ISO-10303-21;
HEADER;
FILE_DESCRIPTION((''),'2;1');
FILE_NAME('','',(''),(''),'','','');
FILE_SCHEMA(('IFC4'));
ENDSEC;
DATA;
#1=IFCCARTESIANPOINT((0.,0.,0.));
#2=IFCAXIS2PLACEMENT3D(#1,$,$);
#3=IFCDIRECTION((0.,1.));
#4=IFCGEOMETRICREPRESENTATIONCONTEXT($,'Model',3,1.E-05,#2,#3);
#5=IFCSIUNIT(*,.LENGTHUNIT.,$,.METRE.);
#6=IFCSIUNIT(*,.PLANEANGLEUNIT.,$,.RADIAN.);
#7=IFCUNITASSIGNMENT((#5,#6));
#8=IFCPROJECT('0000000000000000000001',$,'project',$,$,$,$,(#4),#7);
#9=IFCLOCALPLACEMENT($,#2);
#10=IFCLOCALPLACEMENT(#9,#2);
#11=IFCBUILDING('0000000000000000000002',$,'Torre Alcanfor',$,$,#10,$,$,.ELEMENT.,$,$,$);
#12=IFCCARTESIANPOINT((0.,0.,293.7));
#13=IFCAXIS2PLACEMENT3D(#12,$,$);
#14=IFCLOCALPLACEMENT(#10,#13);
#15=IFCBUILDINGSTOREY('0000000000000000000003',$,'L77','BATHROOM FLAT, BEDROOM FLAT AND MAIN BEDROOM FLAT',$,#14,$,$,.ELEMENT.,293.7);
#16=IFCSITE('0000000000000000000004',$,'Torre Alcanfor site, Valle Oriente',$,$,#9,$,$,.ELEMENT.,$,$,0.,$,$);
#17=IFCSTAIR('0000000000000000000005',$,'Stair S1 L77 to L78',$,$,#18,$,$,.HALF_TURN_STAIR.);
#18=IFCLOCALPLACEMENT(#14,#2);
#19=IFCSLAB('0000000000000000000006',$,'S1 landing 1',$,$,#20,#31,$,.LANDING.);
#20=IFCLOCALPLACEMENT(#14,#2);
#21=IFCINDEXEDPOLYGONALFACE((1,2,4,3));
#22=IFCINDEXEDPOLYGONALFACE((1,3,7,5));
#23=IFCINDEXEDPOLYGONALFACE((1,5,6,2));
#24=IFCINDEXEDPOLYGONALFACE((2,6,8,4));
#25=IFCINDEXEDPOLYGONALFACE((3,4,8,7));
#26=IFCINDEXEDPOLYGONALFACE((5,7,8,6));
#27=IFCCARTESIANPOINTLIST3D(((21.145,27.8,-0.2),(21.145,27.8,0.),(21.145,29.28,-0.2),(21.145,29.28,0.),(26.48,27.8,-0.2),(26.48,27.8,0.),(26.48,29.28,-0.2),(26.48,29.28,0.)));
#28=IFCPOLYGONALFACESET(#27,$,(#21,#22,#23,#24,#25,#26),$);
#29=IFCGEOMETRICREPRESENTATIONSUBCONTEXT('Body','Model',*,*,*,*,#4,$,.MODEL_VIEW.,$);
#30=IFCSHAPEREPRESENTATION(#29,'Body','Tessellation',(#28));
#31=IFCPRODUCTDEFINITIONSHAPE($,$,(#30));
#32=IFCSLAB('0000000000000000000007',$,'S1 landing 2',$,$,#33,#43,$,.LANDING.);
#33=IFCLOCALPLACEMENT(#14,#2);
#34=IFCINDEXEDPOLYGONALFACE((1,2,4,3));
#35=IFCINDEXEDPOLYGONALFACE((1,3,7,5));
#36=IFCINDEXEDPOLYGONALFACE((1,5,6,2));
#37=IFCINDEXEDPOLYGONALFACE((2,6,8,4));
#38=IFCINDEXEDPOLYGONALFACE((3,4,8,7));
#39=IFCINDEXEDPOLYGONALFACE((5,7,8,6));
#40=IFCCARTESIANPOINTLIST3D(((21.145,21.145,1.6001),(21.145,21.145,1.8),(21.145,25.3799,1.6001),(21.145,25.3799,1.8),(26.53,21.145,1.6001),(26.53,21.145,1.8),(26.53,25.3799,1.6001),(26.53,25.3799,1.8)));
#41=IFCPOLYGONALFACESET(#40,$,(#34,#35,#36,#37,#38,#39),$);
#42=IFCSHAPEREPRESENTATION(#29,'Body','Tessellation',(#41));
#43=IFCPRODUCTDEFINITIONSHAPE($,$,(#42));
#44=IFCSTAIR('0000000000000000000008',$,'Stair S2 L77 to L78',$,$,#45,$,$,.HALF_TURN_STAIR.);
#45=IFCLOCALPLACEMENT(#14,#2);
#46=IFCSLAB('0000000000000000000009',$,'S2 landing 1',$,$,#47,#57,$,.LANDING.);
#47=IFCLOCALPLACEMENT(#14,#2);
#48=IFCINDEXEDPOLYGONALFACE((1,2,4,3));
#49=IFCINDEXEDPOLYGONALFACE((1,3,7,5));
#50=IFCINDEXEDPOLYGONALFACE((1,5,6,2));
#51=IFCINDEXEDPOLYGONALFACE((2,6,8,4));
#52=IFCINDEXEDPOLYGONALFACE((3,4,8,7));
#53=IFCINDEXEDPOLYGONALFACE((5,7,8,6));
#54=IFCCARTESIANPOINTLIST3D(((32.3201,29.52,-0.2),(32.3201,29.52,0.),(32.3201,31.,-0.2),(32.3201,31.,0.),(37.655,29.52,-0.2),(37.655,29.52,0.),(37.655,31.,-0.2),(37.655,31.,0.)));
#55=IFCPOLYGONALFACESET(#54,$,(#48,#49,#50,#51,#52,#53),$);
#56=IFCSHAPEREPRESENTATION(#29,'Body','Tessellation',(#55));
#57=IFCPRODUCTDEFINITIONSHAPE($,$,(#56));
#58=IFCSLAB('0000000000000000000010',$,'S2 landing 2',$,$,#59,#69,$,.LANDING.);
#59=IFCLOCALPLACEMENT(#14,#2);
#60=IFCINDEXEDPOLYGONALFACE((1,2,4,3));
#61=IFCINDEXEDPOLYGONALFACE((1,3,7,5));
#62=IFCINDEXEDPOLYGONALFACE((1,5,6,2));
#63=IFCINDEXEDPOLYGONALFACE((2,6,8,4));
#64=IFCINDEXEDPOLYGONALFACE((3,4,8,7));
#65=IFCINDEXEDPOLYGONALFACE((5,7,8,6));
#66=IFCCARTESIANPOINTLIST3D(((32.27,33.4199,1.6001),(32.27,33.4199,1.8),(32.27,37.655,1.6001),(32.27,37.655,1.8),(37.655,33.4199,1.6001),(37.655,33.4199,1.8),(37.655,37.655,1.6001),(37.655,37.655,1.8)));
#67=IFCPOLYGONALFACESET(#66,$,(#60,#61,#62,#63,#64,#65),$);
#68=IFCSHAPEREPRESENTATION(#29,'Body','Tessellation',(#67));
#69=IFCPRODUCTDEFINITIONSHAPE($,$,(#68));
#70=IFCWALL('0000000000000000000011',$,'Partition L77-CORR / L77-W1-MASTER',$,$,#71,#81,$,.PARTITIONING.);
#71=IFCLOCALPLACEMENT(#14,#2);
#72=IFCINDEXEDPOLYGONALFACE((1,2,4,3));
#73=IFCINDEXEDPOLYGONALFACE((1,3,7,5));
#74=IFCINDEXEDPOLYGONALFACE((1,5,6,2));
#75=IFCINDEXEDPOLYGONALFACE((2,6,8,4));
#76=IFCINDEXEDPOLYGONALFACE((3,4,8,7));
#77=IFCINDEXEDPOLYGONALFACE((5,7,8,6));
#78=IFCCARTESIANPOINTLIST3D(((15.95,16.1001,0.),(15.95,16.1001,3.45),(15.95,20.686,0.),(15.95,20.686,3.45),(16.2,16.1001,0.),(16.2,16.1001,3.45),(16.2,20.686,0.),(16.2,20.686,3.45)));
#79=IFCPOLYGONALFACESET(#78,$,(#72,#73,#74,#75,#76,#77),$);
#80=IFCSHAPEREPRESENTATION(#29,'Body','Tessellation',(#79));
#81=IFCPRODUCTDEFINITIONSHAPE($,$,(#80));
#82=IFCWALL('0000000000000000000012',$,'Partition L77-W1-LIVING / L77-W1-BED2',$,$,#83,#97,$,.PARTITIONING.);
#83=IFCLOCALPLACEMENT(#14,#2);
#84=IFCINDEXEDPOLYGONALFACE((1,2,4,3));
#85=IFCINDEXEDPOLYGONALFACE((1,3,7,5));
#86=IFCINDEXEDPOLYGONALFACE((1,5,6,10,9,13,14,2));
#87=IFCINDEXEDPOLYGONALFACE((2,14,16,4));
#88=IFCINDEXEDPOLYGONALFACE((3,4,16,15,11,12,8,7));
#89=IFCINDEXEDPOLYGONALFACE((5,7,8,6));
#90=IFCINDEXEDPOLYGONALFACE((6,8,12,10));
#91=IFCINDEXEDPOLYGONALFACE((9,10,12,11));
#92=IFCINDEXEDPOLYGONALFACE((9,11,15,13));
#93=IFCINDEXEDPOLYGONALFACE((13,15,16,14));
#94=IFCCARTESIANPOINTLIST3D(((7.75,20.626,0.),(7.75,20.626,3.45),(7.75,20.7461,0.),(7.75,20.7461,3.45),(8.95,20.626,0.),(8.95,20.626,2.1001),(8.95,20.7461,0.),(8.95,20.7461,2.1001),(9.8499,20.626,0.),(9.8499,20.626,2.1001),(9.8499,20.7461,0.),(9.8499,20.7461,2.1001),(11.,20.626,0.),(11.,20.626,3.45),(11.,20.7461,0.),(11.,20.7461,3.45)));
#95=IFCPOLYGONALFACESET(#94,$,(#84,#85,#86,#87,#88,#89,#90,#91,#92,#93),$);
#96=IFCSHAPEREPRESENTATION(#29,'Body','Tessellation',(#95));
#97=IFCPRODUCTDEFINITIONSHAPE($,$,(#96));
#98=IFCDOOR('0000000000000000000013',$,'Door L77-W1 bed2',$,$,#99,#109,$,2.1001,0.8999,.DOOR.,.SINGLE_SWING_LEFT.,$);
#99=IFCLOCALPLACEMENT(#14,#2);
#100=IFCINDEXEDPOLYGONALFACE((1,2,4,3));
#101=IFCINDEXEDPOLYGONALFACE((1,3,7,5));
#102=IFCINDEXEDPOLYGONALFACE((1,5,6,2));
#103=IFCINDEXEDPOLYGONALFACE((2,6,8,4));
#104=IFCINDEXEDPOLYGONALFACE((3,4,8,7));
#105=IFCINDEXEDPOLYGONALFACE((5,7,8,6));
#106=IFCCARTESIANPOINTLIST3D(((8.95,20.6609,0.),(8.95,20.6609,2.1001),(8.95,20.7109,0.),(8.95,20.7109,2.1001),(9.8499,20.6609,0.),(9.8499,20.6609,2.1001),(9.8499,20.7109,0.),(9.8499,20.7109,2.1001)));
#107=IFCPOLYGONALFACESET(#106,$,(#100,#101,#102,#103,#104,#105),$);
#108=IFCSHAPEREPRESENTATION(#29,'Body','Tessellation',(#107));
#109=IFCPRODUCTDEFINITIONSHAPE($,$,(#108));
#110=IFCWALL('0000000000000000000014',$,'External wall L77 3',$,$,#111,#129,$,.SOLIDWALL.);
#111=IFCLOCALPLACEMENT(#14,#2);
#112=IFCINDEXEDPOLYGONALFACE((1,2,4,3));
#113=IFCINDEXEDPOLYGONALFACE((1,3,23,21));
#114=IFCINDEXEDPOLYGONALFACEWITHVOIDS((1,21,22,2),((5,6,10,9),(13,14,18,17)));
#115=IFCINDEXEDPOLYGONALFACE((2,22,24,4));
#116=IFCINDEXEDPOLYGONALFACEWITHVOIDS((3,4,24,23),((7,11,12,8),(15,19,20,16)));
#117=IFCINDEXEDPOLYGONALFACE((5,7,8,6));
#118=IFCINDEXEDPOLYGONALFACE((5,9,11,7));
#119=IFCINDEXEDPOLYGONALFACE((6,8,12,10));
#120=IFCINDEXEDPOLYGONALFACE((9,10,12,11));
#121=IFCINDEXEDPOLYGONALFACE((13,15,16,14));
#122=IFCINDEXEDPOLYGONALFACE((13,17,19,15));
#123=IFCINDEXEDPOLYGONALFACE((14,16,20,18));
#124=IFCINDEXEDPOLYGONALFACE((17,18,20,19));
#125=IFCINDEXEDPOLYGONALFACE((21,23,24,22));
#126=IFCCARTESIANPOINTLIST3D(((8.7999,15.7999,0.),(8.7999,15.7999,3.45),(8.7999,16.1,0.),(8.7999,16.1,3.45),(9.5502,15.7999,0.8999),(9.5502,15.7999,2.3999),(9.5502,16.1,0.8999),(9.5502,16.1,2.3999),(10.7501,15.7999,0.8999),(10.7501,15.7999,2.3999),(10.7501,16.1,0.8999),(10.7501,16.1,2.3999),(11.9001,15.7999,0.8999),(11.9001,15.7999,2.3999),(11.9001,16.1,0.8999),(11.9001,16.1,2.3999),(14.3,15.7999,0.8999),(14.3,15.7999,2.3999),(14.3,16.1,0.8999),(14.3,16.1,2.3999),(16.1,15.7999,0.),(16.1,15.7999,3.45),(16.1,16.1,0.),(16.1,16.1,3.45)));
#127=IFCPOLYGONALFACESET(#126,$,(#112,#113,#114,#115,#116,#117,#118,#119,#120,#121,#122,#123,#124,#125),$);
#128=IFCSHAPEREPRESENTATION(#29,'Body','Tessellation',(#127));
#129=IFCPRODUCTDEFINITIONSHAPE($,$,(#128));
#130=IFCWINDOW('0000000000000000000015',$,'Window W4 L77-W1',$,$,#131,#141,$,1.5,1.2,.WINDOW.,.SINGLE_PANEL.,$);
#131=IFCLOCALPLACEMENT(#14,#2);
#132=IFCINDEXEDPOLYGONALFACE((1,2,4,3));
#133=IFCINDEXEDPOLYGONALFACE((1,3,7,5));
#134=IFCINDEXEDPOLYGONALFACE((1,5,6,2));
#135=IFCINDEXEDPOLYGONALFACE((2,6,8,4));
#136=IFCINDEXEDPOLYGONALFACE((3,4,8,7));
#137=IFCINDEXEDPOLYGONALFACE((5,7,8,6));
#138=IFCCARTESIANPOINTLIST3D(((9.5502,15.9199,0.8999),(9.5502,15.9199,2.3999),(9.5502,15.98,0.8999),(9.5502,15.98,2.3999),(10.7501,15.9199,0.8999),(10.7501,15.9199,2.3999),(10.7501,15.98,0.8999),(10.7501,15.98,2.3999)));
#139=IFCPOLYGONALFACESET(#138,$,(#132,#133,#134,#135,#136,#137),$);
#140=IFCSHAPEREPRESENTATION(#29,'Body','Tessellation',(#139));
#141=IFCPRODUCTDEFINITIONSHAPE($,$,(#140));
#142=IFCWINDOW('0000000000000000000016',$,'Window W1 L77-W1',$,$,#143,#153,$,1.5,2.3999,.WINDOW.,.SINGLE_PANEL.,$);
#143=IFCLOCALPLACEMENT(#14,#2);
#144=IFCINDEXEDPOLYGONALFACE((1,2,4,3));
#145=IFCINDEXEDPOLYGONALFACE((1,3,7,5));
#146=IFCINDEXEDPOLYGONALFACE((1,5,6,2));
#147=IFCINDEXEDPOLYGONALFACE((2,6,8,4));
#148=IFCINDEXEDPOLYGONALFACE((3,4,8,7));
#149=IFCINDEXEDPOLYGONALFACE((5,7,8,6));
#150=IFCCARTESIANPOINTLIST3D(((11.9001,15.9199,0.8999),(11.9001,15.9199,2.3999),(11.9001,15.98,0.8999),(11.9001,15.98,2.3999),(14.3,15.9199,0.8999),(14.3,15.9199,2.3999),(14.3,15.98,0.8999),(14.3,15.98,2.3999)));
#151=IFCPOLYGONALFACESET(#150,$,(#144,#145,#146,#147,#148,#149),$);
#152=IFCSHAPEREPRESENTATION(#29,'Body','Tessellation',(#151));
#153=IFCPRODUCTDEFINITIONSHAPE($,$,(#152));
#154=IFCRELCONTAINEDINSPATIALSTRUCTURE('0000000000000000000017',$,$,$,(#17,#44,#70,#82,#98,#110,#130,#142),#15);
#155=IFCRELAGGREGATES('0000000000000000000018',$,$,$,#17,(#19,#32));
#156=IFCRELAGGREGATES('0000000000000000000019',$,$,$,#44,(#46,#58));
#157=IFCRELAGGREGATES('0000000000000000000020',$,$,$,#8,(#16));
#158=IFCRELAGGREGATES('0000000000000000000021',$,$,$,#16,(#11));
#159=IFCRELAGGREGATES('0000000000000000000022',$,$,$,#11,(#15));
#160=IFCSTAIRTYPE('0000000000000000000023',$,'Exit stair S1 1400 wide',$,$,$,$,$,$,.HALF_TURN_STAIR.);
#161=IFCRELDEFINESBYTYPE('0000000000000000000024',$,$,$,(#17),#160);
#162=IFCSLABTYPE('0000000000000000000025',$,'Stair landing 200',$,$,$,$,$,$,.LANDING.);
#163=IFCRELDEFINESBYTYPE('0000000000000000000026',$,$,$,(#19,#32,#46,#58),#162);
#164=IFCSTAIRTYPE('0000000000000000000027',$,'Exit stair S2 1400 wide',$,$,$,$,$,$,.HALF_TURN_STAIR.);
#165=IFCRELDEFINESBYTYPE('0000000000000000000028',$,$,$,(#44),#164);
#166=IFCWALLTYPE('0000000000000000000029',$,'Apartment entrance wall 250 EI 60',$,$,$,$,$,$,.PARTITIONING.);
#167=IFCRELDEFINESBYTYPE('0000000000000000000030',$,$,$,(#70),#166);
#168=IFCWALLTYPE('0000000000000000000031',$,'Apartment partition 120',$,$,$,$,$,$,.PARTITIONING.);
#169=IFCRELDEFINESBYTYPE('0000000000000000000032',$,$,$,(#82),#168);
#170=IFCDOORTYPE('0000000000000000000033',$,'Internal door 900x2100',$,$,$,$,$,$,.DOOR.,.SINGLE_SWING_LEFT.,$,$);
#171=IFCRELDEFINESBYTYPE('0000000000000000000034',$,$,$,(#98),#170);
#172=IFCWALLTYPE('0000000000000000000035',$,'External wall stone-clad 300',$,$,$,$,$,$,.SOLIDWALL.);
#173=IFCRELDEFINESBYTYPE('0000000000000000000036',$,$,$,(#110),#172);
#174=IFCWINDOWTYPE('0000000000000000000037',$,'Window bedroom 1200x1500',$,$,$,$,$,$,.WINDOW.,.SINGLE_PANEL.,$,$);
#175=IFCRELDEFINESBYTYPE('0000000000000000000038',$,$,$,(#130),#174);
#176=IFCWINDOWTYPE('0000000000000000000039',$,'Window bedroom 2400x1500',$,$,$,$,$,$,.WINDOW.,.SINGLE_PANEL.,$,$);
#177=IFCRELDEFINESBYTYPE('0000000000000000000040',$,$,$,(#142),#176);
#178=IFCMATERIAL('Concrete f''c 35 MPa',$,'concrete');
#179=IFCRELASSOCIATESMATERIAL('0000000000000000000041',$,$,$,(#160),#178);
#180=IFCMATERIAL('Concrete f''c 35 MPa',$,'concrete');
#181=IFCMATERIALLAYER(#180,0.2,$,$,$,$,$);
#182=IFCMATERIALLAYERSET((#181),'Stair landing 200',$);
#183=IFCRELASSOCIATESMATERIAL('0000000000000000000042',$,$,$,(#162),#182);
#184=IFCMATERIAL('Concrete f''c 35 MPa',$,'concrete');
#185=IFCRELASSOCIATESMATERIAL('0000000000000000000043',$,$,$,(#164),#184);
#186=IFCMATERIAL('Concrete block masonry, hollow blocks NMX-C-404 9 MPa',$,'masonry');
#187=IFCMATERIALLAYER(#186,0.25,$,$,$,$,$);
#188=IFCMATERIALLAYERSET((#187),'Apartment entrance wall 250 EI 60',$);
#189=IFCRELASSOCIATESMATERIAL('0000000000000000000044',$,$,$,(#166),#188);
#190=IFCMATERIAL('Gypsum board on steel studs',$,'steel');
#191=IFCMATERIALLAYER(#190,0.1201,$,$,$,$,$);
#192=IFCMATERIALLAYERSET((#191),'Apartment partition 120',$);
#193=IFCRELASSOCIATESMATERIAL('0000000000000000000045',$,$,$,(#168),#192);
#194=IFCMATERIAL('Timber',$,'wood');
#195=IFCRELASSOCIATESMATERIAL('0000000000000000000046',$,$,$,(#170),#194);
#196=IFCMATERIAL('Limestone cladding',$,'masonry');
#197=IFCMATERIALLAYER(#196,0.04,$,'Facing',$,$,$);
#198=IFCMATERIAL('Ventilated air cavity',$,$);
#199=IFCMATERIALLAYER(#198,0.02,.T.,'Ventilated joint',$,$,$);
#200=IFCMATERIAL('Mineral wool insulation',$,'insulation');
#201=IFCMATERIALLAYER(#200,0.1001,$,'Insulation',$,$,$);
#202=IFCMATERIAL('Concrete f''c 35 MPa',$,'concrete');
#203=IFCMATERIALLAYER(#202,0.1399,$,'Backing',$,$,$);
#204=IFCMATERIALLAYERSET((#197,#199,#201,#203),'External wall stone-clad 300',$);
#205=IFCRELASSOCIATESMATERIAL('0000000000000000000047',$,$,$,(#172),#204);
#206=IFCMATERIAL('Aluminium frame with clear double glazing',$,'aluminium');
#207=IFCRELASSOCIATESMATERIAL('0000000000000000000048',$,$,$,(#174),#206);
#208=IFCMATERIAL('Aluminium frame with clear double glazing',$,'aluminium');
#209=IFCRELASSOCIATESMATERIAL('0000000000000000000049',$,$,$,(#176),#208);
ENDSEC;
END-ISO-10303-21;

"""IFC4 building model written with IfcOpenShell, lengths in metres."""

from ifc_helpers import new_model, si_unit, direction, frame, frame_2d, origin, place, context, subcontext, project, spatial, polyline, rectangle, outline, extrude, material, layer, layer_set, type_object, element, fill, aggregate, save


model = new_model("IFC4")

# Units and contexts
model_context = context("Model", 3, precision=1e-05, world=origin(), true_north=direction((0.0, 1.0)))
body_context = subcontext(model_context, "Body", "Model", "MODEL_VIEW")
ifc_project = project(units=[si_unit("LENGTHUNIT", "METRE"), si_unit("PLANEANGLEUNIT", "RADIAN")], contexts=[model_context])

# Site, building, storey
site_placement = place(None, origin())
site = spatial("IfcSite", under=ifc_project, at=site_placement, Name="Torre Alcanfor site, Valle Oriente", CompositionType="ELEMENT", RefElevation=0.0)
building_placement = place(site_placement, origin())
building = spatial("IfcBuilding", under=site, at=building_placement, Name="Torre Alcanfor", CompositionType="ELEMENT")
storey_placement = place(building_placement, frame((0.0, 0.0, 293.7)))
storey = spatial("IfcBuildingStorey", under=building, at=storey_placement, Name="L77", Description="BATHROOM FLAT, BEDROOM FLAT AND MAIN BEDROOM FLAT", CompositionType="ELEMENT", Elevation=293.7)

# Stairs, slabs
ifc_material_1 = material(Name="Concrete f'c 35 MPa", Category="concrete")
stair_type_1 = type_object("IfcStairType", Name="Exit stair S1 1400 wide", PredefinedType="HALF_TURN_STAIR", material=ifc_material_1)
stair_1_placement = place(storey_placement, origin())
stair_1 = element("IfcStair", 1, at=stair_1_placement, inside=storey, type_object=stair_type_1, Name="Stair S1 L77 to L78", PredefinedType="HALF_TURN_STAIR")
ifc_material_2 = material(Name="Concrete f'c 35 MPa", Category="concrete")
ifc_layer_1 = layer(ifc_material_2, 0.2)
ifc_layer_set_1 = layer_set([ifc_layer_1], Name="Stair landing 200")
slab_type_1 = type_object("IfcSlabType", Name="Stair landing 200", PredefinedType="LANDING", material=ifc_layer_set_1)
slab_1_placement = place(storey_placement, frame((0.0, 0.0, -0.2)))
slab_1 = element("IfcSlab", 2, at=slab_1_placement, type_object=slab_type_1, Name="S1 landing 1", PredefinedType="LANDING", context=body_context, shape_type="SweptSolid", body=[
    extrude(outline(polyline([(21.145, 27.8), (26.48, 27.8), (26.48, 29.28), (21.145, 29.28), (21.145, 27.8)])), origin(), (0.0, 0.0, 1.0), 0.2),
])
slab_2_placement = place(storey_placement, frame((0.0, 0.0, 1.6001)))
slab_2 = element("IfcSlab", 3, at=slab_2_placement, type_object=slab_type_1, Name="S1 landing 2", PredefinedType="LANDING", context=body_context, shape_type="SweptSolid", body=[
    extrude(outline(polyline([(21.145, 21.145), (26.53, 21.145), (26.53, 25.3799), (21.145, 25.3799), (21.145, 21.145)])), origin(), (0.0, 0.0, 1.0), 0.2),
])
aggregate(stair_1, [slab_1, slab_2])
ifc_material_3 = material(Name="Concrete f'c 35 MPa", Category="concrete")
stair_type_2 = type_object("IfcStairType", Name="Exit stair S2 1400 wide", PredefinedType="HALF_TURN_STAIR", material=ifc_material_3)
stair_2_placement = place(storey_placement, origin())
stair_2 = element("IfcStair", 4, at=stair_2_placement, inside=storey, type_object=stair_type_2, Name="Stair S2 L77 to L78", PredefinedType="HALF_TURN_STAIR")
slab_3_placement = place(storey_placement, frame((0.0, 0.0, -0.2)))
slab_3 = element("IfcSlab", 5, at=slab_3_placement, type_object=slab_type_1, Name="S2 landing 1", PredefinedType="LANDING", context=body_context, shape_type="SweptSolid", body=[
    extrude(outline(polyline([(32.3201, 29.52), (37.655, 29.52), (37.655, 31.0), (32.3201, 31.0), (32.3201, 29.52)])), origin(), (0.0, 0.0, 1.0), 0.2),
])
slab_4_placement = place(storey_placement, frame((0.0, 0.0, 1.6001)))
slab_4 = element("IfcSlab", 6, at=slab_4_placement, type_object=slab_type_1, Name="S2 landing 2", PredefinedType="LANDING", context=body_context, shape_type="SweptSolid", body=[
    extrude(outline(polyline([(32.27, 33.4199), (37.655, 33.4199), (37.655, 37.655), (32.27, 37.655), (32.27, 33.4199)])), origin(), (0.0, 0.0, 1.0), 0.2),
])
aggregate(stair_2, [slab_3, slab_4])

# Wall
ifc_material_4 = material(Name="Concrete block masonry, hollow blocks NMX-C-404 9 MPa", Category="masonry")
ifc_layer_2 = layer(ifc_material_4, 0.25)
ifc_layer_set_2 = layer_set([ifc_layer_2], Name="Apartment entrance wall 250 EI 60")
wall_type_1 = type_object("IfcWallType", Name="Apartment entrance wall 250 EI 60", PredefinedType="PARTITIONING", material=ifc_layer_set_2)
wall_1_placement = place(storey_placement, frame((16.075, 16.1001, 0.0), z_axis=(0.0, 0.0, 1.0), x_axis=(0.0, 1.0, 0.0)))
element("IfcWall", 7, at=wall_1_placement, inside=storey, type_object=wall_type_1, Name="Partition L77-CORR / L77-W1-MASTER", PredefinedType="PARTITIONING", context=body_context, shape_type="SweptSolid", body=[
    extrude(rectangle(XDim=4.5859, YDim=0.25, at=frame_2d((2.293, 0.0))), origin(), (0.0, 0.0, 1.0), 3.45),
])

# Wall, opening, door
ifc_material_5 = material(Name="Gypsum board on steel studs", Category="steel")
ifc_layer_3 = layer(ifc_material_5, 0.1201)
ifc_layer_set_3 = layer_set([ifc_layer_3], Name="Apartment partition 120")
wall_type_2 = type_object("IfcWallType", Name="Apartment partition 120", PredefinedType="PARTITIONING", material=ifc_layer_set_3)
wall_2_placement = place(storey_placement, frame((7.75, 20.686, 0.0), z_axis=(0.0, 0.0, 1.0), x_axis=(1.0, 0.0, 0.0)))
wall_2 = element("IfcWall", 8, at=wall_2_placement, inside=storey, type_object=wall_type_2, Name="Partition L77-W1-LIVING / L77-W1-BED2", PredefinedType="PARTITIONING", context=body_context, shape_type="SweptSolid", body=[
    extrude(rectangle(XDim=3.25, YDim=0.1201, at=frame_2d((1.625, 0.0))), origin(), (0.0, 0.0, 1.0), 3.45),
])
opening_1_placement = place(wall_2_placement, frame((1.2, 0.0, 0.0)))
opening_1 = element("IfcOpeningElement", 9, at=opening_1_placement, cuts=wall_2, PredefinedType="OPENING", context=body_context, shape_type="SweptSolid", body=[
    extrude(rectangle(XDim=0.8999, YDim=2.1001, at=frame_2d((0.45, 1.05))), frame((0.0, 0.0701, 0.0), z_axis=(0.0, -1.0, 0.0), x_axis=(1.0, 0.0, 0.0)), (0.0, 0.0, 1.0), 0.1401),
])
ifc_material_6 = material(Name="Timber", Category="wood")
door_type = type_object("IfcDoorType", Name="Internal door 900x2100", OperationType="SINGLE_SWING_LEFT", PredefinedType="DOOR", material=ifc_material_6)
door_placement = place(opening_1_placement, frame((0.8999, 0.0, 0.0), z_axis=(0.0, 0.0, 1.0), x_axis=(-1.0, 0.0, 0.0)))
door = element("IfcDoor", 10, at=door_placement, inside=storey, type_object=door_type, Name="Door L77-W1 bed2", OperationType="SINGLE_SWING_LEFT", OverallHeight=2.1001, OverallWidth=0.8999, PredefinedType="DOOR", context=body_context, shape_type="SweptSolid", body=[
    extrude(rectangle(XDim=0.8999, YDim=2.1001, at=frame_2d((0.45, 1.05))), frame((0.0, 0.0251, 0.0), z_axis=(0.0, -1.0, 0.0), x_axis=(1.0, 0.0, 0.0)), (0.0, 0.0, 1.0), 0.05),
])
fill(opening_1, door)

# Wall, openings, windows
ifc_material_7 = material(Name="Limestone cladding", Category="masonry")
ifc_layer_4 = layer(ifc_material_7, 0.04, Name="Facing")
ifc_material_8 = material(Name="Ventilated air cavity")
ifc_layer_5 = layer(ifc_material_8, 0.02, ventilated=True, Name="Ventilated joint")
ifc_material_9 = material(Name="Mineral wool insulation", Category="insulation")
ifc_layer_6 = layer(ifc_material_9, 0.1001, Name="Insulation")
ifc_material_10 = material(Name="Concrete f'c 35 MPa", Category="concrete")
ifc_layer_7 = layer(ifc_material_10, 0.1399, Name="Backing")
ifc_layer_set_4 = layer_set([ifc_layer_4, ifc_layer_5, ifc_layer_6, ifc_layer_7], Name="External wall stone-clad 300")
wall_type_3 = type_object("IfcWallType", Name="External wall stone-clad 300", PredefinedType="SOLIDWALL", material=ifc_layer_set_4)
wall_3_placement = place(storey_placement, frame((8.8, 15.95, 0.0), z_axis=(0.0, 0.0, 1.0), x_axis=(1.0, 0.0, 0.0)))
wall_3 = element("IfcWall", 11, at=wall_3_placement, inside=storey, type_object=wall_type_3, Name="External wall L77 3", PredefinedType="SOLIDWALL", context=body_context, shape_type="SweptSolid", body=[
    extrude(rectangle(XDim=7.3, YDim=0.3, at=frame_2d((3.6499, 0.0))), origin(), (0.0, 0.0, 1.0), 3.45),
])
opening_2_placement = place(wall_3_placement, frame((3.1001, 0.0, 0.8999)))
opening_2 = element("IfcOpeningElement", 12, at=opening_2_placement, cuts=wall_3, PredefinedType="OPENING", context=body_context, shape_type="SweptSolid", body=[
    extrude(rectangle(XDim=2.3999, YDim=1.5, at=frame_2d((1.2, 0.75))), frame((0.0, 0.1599, 0.0), z_axis=(0.0, -1.0, 0.0), x_axis=(1.0, 0.0, 0.0)), (0.0, 0.0, 1.0), 0.3201),
])
opening_3_placement = place(wall_3_placement, frame((0.75, 0.0, 0.8999)))
opening_3 = element("IfcOpeningElement", 13, at=opening_3_placement, cuts=wall_3, PredefinedType="OPENING", context=body_context, shape_type="SweptSolid", body=[
    extrude(rectangle(XDim=1.2, YDim=1.5, at=frame_2d((0.6001, 0.75))), frame((0.0, 0.1599, 0.0), z_axis=(0.0, -1.0, 0.0), x_axis=(1.0, 0.0, 0.0)), (0.0, 0.0, 1.0), 0.3201),
])
ifc_material_11 = material(Name="Aluminium frame with clear double glazing", Category="aluminium")
window_type_1 = type_object("IfcWindowType", Name="Window bedroom 1200x1500", PartitioningType="SINGLE_PANEL", PredefinedType="WINDOW", material=ifc_material_11)
window_1_placement = place(opening_3_placement, origin())
window_1 = element("IfcWindow", 14, at=window_1_placement, inside=storey, type_object=window_type_1, Name="Window W4 L77-W1", OverallHeight=1.5, OverallWidth=1.2, PartitioningType="SINGLE_PANEL", PredefinedType="WINDOW", context=body_context, shape_type="SweptSolid", body=[
    extrude(rectangle(XDim=1.2, YDim=1.5, at=frame_2d((0.6001, 0.75))), frame((0.0, 0.03, 0.0), z_axis=(0.0, -1.0, 0.0), x_axis=(1.0, 0.0, 0.0)), (0.0, 0.0, 1.0), 0.0601),
])
fill(opening_3, window_1)
ifc_material_12 = material(Name="Aluminium frame with clear double glazing", Category="aluminium")
window_type_2 = type_object("IfcWindowType", Name="Window bedroom 2400x1500", PartitioningType="SINGLE_PANEL", PredefinedType="WINDOW", material=ifc_material_12)
window_2_placement = place(opening_2_placement, origin())
window_2 = element("IfcWindow", 15, at=window_2_placement, inside=storey, type_object=window_type_2, Name="Window W1 L77-W1", OverallHeight=1.5, OverallWidth=2.3999, PartitioningType="SINGLE_PANEL", PredefinedType="WINDOW", context=body_context, shape_type="SweptSolid", body=[
    extrude(rectangle(XDim=2.3999, YDim=1.5, at=frame_2d((1.2, 0.75))), frame((0.0, 0.03, 0.0), z_axis=(0.0, -1.0, 0.0), x_axis=(1.0, 0.0, 0.0)), (0.0, 0.0, 1.0), 0.0601),
])
fill(opening_2, window_2)

save(model, "model.ifc")
